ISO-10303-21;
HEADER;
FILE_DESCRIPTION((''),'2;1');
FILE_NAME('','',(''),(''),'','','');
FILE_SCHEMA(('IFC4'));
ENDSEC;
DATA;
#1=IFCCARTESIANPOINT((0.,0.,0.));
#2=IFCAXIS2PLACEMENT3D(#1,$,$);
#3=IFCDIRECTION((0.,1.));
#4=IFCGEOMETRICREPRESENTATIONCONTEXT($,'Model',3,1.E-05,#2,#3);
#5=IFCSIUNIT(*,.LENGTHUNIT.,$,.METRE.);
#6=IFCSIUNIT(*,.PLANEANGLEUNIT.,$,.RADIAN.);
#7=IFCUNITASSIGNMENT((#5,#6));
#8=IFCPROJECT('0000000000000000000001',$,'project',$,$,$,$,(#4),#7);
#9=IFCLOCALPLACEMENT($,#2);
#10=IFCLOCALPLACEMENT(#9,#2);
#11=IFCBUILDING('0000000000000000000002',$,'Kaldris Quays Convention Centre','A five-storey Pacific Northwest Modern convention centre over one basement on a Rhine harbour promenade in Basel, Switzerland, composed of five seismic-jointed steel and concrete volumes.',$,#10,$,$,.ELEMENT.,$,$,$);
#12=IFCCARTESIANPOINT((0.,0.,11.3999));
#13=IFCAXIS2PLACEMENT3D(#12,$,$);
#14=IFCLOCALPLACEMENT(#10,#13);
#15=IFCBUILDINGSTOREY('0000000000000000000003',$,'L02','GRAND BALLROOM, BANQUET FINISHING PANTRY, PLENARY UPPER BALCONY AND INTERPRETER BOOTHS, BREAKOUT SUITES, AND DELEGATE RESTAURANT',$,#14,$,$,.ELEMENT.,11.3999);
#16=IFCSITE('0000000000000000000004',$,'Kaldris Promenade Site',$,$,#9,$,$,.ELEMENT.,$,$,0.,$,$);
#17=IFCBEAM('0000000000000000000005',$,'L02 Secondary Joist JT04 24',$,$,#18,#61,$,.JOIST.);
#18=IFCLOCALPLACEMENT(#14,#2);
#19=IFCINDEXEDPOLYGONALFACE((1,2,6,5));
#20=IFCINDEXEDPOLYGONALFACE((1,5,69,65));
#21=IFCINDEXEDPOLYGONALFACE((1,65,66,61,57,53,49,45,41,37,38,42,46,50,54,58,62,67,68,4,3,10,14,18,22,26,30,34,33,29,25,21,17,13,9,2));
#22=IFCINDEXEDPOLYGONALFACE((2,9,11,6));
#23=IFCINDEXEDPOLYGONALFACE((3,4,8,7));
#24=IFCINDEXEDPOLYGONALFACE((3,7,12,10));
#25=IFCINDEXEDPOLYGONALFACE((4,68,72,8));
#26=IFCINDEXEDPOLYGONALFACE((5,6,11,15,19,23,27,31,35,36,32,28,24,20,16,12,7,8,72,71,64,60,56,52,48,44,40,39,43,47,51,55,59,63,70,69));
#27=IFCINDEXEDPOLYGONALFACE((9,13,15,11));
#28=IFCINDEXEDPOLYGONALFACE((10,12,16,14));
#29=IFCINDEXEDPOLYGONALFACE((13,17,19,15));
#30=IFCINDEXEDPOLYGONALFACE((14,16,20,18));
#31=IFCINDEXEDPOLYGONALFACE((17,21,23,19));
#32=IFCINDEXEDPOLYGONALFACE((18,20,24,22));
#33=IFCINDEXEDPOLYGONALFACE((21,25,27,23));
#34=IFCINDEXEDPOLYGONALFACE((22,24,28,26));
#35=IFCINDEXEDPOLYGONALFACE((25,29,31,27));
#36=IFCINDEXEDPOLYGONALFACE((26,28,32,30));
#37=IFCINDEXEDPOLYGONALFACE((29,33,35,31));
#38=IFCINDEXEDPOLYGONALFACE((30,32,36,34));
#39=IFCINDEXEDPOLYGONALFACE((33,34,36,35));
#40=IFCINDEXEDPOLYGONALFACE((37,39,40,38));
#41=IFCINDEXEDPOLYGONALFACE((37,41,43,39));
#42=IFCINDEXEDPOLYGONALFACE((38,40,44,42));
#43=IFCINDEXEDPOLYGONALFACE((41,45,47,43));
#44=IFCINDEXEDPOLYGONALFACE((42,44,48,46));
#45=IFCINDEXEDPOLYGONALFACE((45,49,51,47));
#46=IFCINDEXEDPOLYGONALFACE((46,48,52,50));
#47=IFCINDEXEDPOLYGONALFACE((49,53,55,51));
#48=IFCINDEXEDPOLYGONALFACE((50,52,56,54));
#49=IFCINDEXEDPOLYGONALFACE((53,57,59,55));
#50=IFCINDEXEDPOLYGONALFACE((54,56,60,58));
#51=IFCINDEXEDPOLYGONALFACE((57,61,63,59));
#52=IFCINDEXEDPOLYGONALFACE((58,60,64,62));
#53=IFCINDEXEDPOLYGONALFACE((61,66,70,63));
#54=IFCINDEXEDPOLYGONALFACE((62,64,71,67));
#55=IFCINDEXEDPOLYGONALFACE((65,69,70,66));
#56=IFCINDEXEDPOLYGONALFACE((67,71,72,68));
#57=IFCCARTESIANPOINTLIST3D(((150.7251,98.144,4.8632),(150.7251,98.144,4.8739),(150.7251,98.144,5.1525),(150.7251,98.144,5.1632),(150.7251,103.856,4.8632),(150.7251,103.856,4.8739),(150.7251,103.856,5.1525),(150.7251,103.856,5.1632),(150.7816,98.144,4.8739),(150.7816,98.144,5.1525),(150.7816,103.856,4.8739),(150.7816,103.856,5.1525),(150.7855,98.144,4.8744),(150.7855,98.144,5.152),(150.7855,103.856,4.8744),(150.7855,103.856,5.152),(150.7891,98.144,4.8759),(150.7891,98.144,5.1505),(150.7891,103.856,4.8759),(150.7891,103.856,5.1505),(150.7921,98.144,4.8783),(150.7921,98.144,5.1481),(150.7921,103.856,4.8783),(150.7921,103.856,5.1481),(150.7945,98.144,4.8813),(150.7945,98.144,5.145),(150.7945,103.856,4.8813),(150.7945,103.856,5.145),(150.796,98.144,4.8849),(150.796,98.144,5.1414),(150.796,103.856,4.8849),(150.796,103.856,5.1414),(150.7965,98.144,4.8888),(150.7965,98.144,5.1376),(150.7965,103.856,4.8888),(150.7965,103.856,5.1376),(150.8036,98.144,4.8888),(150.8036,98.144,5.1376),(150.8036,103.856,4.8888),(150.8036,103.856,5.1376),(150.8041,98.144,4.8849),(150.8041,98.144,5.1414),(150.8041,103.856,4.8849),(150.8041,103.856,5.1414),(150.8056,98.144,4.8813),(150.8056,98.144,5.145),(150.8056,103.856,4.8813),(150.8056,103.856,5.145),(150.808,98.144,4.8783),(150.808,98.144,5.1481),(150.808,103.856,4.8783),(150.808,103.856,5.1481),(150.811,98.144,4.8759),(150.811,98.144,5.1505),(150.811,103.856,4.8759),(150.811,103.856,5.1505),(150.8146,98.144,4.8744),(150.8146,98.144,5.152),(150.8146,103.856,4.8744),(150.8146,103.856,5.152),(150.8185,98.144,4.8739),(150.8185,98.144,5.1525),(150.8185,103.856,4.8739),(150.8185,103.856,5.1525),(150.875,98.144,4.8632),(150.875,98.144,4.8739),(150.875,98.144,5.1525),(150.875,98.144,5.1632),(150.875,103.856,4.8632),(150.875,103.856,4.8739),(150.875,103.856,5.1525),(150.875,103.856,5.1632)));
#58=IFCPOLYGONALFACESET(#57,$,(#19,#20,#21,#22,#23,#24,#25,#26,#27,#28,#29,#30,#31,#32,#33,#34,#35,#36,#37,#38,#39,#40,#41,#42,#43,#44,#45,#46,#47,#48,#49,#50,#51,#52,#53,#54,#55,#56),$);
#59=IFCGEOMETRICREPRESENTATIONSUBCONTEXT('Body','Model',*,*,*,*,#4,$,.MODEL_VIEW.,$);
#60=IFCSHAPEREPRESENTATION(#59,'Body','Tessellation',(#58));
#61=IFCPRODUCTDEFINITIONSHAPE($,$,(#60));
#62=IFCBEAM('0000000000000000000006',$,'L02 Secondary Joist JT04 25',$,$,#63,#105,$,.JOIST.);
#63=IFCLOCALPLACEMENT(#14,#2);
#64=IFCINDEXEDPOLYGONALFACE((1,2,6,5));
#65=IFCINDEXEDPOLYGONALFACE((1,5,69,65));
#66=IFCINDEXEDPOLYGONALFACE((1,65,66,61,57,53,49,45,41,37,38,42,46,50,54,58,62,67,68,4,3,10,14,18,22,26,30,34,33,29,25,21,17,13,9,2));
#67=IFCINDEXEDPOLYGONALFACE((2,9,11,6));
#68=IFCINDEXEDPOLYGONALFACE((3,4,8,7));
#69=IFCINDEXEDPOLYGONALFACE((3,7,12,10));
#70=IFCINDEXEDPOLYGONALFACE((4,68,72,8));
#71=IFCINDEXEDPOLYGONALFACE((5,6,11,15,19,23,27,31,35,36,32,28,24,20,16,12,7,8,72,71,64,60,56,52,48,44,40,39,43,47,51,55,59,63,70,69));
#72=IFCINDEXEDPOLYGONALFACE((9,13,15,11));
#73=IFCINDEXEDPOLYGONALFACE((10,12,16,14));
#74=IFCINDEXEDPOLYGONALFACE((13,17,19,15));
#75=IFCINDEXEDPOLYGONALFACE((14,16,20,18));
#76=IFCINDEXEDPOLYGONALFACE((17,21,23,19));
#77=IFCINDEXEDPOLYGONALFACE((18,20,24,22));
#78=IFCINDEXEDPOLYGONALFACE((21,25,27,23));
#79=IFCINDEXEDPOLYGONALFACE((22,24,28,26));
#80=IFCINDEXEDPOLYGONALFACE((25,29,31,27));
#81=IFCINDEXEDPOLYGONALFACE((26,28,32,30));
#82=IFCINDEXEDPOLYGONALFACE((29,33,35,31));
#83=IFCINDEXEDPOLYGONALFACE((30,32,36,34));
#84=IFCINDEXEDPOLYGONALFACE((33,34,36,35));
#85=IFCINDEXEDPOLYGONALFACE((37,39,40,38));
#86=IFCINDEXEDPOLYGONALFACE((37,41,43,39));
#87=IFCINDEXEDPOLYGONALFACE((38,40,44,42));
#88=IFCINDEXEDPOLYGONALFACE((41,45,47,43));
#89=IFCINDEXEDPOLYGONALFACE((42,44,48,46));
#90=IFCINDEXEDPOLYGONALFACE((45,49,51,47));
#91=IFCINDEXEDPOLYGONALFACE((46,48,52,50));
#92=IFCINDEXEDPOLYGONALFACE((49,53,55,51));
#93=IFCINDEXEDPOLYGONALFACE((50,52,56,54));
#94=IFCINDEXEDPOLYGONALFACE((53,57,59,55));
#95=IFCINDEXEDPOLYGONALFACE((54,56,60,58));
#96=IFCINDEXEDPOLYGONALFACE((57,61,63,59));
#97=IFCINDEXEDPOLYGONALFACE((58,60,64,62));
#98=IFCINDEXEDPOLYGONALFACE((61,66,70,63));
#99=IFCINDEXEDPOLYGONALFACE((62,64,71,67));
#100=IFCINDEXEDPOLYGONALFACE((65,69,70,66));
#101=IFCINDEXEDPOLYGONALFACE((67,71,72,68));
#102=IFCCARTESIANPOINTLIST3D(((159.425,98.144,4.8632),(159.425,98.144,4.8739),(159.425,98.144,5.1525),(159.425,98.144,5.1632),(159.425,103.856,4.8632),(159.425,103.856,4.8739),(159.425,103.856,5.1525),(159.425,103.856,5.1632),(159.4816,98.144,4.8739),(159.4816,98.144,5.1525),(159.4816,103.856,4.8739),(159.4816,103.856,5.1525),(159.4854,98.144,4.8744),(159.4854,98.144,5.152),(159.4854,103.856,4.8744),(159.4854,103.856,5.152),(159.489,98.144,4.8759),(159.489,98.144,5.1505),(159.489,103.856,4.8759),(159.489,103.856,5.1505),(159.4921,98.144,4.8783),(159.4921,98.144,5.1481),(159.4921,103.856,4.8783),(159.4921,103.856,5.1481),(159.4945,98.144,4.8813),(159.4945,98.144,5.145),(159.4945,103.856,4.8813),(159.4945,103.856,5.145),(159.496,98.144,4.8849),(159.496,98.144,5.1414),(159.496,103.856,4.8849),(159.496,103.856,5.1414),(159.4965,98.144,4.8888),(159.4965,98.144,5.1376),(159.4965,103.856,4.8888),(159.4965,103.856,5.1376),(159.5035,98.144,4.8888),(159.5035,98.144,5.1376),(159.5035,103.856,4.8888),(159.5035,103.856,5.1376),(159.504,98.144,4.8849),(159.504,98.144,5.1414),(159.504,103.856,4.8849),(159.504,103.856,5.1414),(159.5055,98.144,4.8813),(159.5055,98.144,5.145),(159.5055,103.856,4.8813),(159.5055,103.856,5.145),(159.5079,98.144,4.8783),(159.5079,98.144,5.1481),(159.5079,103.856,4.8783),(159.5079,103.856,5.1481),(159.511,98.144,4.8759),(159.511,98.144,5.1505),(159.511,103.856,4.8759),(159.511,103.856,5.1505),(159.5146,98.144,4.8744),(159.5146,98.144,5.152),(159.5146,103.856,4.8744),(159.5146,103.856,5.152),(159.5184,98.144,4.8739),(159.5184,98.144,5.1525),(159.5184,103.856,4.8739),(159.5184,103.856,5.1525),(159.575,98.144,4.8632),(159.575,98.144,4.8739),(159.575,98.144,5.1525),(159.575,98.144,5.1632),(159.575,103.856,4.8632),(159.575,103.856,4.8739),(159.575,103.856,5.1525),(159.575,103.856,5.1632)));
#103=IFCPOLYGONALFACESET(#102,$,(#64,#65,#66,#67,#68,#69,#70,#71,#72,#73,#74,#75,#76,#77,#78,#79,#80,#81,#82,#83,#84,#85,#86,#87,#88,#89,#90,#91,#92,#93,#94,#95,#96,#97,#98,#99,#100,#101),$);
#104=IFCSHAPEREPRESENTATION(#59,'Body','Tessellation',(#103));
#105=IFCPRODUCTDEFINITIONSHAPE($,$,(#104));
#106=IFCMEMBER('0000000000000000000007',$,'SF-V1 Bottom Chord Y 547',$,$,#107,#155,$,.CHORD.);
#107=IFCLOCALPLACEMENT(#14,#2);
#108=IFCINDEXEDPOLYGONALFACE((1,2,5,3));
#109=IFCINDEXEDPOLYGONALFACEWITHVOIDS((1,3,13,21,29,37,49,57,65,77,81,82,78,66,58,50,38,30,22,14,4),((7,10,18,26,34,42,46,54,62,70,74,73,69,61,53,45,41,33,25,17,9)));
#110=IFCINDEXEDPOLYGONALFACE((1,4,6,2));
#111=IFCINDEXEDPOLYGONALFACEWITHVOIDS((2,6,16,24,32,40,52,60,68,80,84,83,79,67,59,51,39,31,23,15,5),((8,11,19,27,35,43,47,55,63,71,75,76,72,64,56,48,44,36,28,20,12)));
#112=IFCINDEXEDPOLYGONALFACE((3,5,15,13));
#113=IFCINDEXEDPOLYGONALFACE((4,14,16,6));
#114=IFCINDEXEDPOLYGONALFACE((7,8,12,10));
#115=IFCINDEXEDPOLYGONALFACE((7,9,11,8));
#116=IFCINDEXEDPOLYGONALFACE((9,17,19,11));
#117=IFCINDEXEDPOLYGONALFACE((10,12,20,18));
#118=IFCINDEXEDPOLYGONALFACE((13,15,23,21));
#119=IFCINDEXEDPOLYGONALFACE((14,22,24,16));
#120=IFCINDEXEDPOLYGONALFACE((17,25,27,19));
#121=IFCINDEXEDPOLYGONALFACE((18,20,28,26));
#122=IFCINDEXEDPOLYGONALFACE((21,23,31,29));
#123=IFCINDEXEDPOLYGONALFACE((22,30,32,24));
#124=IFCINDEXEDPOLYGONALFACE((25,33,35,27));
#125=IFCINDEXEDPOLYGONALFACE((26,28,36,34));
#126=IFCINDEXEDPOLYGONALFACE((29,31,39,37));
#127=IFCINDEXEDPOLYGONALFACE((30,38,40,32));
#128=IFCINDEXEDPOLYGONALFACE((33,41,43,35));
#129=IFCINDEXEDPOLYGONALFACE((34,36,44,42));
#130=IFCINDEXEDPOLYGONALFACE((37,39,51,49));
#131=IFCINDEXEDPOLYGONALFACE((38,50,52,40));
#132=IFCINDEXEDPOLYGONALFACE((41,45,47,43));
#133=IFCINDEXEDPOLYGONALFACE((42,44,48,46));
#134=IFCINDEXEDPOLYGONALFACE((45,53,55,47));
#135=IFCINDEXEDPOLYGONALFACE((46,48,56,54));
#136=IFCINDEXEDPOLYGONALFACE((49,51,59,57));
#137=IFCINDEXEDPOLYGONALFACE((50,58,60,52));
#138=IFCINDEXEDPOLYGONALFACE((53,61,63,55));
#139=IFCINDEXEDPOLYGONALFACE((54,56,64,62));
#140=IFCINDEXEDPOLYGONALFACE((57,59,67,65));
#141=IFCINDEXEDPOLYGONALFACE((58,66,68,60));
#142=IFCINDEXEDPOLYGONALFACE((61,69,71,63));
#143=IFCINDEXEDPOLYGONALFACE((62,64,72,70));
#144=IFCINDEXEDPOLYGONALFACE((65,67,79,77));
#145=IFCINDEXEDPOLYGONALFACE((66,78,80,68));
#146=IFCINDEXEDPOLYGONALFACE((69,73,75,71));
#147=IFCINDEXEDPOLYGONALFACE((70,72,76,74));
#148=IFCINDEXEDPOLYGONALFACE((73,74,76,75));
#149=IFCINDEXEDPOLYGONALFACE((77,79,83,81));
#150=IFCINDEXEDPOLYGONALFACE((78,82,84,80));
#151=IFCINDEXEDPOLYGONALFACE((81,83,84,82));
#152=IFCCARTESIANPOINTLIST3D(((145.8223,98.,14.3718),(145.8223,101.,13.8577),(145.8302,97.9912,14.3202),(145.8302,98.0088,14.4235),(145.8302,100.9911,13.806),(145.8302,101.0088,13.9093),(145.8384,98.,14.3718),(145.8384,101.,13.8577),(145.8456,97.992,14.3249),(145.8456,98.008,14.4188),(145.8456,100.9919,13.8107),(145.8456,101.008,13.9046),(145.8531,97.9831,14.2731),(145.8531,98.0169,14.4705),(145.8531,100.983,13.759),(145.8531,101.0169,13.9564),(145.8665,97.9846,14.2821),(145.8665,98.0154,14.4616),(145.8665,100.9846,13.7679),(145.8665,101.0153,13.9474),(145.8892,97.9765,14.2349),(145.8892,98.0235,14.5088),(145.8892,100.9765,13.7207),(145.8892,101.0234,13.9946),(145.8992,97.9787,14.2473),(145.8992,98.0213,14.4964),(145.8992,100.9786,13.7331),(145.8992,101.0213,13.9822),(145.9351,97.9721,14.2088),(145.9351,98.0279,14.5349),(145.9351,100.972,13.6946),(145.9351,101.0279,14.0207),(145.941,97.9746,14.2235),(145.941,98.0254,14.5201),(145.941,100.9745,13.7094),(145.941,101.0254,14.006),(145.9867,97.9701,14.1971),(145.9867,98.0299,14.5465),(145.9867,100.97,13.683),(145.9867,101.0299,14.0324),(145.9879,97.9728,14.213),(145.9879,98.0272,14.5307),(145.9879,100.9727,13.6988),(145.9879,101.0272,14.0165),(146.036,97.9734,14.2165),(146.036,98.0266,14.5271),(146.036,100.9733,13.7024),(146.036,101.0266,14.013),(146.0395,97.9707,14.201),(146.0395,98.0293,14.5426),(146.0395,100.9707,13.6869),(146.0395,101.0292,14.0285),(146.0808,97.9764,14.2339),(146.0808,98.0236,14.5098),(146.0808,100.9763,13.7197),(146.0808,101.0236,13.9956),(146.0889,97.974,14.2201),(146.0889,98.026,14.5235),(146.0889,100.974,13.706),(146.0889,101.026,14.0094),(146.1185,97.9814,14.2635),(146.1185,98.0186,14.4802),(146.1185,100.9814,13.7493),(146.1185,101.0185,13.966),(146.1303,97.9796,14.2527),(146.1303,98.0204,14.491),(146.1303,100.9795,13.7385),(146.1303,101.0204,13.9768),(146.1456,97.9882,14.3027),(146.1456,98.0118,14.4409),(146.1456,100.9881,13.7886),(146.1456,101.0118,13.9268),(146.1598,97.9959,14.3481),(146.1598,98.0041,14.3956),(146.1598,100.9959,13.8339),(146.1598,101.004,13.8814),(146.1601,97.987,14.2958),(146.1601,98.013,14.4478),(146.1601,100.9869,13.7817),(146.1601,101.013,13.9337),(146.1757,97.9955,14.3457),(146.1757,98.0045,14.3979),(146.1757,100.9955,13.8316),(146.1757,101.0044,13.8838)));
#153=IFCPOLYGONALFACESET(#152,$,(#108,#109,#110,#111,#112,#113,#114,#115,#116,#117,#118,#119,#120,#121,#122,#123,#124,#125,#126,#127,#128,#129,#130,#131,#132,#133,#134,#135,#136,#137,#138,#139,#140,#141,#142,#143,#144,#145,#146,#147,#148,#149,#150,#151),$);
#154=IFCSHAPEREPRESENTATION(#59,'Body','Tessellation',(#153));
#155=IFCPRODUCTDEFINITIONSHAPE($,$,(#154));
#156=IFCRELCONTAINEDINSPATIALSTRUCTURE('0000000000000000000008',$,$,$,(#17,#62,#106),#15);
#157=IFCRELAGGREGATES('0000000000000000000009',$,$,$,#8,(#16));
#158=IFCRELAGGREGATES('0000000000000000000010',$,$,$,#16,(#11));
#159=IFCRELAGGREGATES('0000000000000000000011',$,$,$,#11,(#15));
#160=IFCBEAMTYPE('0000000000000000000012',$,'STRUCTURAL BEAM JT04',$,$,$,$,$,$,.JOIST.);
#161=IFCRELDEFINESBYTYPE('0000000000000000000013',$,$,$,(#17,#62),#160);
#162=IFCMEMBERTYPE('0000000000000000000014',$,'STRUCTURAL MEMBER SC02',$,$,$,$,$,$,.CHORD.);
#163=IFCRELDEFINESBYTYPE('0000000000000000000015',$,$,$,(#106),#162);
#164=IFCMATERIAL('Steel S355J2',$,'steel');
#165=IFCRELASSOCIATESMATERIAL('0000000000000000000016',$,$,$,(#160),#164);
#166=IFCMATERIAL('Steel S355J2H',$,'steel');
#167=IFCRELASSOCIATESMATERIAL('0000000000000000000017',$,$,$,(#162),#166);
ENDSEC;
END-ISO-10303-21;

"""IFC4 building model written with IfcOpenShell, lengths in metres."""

from ifc_helpers import new_model, si_unit, direction, frame, origin, origin_2d, place, context, subcontext, project, spatial, hollow_circle, i_section, extrude, material, material_profile, profile_set, type_object, element, save


model = new_model("IFC4")

# Units and contexts
model_context = context("Model", 3, precision=1e-05, world=origin(), true_north=direction((0.0, 1.0)))
body_context = subcontext(model_context, "Body", "Model", "MODEL_VIEW")
ifc_project = project(units=[si_unit("LENGTHUNIT", "METRE"), si_unit("PLANEANGLEUNIT", "RADIAN")], contexts=[model_context])

# Site, building, storey
site_placement = place(None, origin())
site = spatial("IfcSite", under=ifc_project, at=site_placement, Name="Kaldris Promenade Site", CompositionType="ELEMENT", RefElevation=0.0)
building_placement = place(site_placement, origin())
building = spatial("IfcBuilding", under=site, at=building_placement, Name="Kaldris Quays Convention Centre", Description="A five-storey Pacific Northwest Modern convention centre over one basement on a Rhine harbour promenade in Basel, Switzerland, composed of five seismic-jointed steel and concrete volumes.", CompositionType="ELEMENT")
storey_placement = place(building_placement, frame((0.0, 0.0, 11.3999)))
storey = spatial("IfcBuildingStorey", under=building, at=storey_placement, Name="L02", Description="GRAND BALLROOM, BANQUET FINISHING PANTRY, PLENARY UPPER BALCONY AND INTERPRETER BOOTHS, BREAKOUT SUITES, AND DELEGATE RESTAURANT", CompositionType="ELEMENT", Elevation=11.3999)

# Shared definitions
ifc_material_1 = material(Name="Steel S355J2", Category="steel")

# Beams
ifc_material_profile_1 = material_profile(ifc_material_1, i_section(OverallWidth=0.1499, OverallDepth=0.3, WebThickness=0.0071, FlangeThickness=0.0107, FilletRadius=0.0149, at=origin_2d()), Name="IPE 300")
ifc_profile_set_1 = profile_set([ifc_material_profile_1], Name="Steel S355J2")
beam_type_1 = type_object("IfcBeamType", Name="STRUCTURAL BEAM JT04", PredefinedType="JOIST", material=ifc_profile_set_1)
for number, where, z_axis, x_axis, name in (
    (1, (150.8, 98.144, 5.0132), (0.0, 1.0, 0.0), (-1.0, 0.0, 0.0), "L02 Secondary Joist JT04 24"),
    (2, (159.5, 98.144, 5.0132), (0.0, 1.0, 0.0), (-1.0, 0.0, 0.0), "L02 Secondary Joist JT04 25"),
):
    element("IfcBeam", number, at=place(storey_placement, frame(where, z_axis=z_axis, x_axis=x_axis)), inside=storey, type_object=beam_type_1, Name=name, PredefinedType="JOIST", context=body_context, shape_type="SweptSolid", body=[
        extrude(i_section(OverallWidth=0.1499, OverallDepth=0.3, WebThickness=0.0071, FlangeThickness=0.0107, FilletRadius=0.0149, at=origin_2d()), origin(), (0.0, 0.0, 1.0), 5.7119),
    ])

# Member
ifc_material_2 = material(Name="Steel S355J2H", Category="steel")
ifc_material_profile_2 = material_profile(ifc_material_2, hollow_circle(Radius=0.1777, WallThickness=0.0161, at=origin_2d()), Name="CHS 355.6x16")
ifc_profile_set_2 = profile_set([ifc_material_profile_2], Name="Steel S355J2H")
member_type_1 = type_object("IfcMemberType", Name="STRUCTURAL MEMBER SC02", PredefinedType="CHORD", material=ifc_profile_set_2)
member_1_placement = place(storey_placement, frame((146.0, 98.0, 14.3718), z_axis=(0.0, 0.985629, -0.168924), x_axis=(-1.0, 0.0, 0.0)))
element("IfcMember", 3, at=member_1_placement, inside=storey, type_object=member_type_1, Name="SF-V1 Bottom Chord Y 547", PredefinedType="CHORD", context=body_context, shape_type="SweptSolid", body=[
    extrude(hollow_circle(Radius=0.1777, WallThickness=0.0161, at=origin_2d()), origin(), (0.0, 0.0, 1.0), 3.0437),
])

save(model, "model.ifc")
